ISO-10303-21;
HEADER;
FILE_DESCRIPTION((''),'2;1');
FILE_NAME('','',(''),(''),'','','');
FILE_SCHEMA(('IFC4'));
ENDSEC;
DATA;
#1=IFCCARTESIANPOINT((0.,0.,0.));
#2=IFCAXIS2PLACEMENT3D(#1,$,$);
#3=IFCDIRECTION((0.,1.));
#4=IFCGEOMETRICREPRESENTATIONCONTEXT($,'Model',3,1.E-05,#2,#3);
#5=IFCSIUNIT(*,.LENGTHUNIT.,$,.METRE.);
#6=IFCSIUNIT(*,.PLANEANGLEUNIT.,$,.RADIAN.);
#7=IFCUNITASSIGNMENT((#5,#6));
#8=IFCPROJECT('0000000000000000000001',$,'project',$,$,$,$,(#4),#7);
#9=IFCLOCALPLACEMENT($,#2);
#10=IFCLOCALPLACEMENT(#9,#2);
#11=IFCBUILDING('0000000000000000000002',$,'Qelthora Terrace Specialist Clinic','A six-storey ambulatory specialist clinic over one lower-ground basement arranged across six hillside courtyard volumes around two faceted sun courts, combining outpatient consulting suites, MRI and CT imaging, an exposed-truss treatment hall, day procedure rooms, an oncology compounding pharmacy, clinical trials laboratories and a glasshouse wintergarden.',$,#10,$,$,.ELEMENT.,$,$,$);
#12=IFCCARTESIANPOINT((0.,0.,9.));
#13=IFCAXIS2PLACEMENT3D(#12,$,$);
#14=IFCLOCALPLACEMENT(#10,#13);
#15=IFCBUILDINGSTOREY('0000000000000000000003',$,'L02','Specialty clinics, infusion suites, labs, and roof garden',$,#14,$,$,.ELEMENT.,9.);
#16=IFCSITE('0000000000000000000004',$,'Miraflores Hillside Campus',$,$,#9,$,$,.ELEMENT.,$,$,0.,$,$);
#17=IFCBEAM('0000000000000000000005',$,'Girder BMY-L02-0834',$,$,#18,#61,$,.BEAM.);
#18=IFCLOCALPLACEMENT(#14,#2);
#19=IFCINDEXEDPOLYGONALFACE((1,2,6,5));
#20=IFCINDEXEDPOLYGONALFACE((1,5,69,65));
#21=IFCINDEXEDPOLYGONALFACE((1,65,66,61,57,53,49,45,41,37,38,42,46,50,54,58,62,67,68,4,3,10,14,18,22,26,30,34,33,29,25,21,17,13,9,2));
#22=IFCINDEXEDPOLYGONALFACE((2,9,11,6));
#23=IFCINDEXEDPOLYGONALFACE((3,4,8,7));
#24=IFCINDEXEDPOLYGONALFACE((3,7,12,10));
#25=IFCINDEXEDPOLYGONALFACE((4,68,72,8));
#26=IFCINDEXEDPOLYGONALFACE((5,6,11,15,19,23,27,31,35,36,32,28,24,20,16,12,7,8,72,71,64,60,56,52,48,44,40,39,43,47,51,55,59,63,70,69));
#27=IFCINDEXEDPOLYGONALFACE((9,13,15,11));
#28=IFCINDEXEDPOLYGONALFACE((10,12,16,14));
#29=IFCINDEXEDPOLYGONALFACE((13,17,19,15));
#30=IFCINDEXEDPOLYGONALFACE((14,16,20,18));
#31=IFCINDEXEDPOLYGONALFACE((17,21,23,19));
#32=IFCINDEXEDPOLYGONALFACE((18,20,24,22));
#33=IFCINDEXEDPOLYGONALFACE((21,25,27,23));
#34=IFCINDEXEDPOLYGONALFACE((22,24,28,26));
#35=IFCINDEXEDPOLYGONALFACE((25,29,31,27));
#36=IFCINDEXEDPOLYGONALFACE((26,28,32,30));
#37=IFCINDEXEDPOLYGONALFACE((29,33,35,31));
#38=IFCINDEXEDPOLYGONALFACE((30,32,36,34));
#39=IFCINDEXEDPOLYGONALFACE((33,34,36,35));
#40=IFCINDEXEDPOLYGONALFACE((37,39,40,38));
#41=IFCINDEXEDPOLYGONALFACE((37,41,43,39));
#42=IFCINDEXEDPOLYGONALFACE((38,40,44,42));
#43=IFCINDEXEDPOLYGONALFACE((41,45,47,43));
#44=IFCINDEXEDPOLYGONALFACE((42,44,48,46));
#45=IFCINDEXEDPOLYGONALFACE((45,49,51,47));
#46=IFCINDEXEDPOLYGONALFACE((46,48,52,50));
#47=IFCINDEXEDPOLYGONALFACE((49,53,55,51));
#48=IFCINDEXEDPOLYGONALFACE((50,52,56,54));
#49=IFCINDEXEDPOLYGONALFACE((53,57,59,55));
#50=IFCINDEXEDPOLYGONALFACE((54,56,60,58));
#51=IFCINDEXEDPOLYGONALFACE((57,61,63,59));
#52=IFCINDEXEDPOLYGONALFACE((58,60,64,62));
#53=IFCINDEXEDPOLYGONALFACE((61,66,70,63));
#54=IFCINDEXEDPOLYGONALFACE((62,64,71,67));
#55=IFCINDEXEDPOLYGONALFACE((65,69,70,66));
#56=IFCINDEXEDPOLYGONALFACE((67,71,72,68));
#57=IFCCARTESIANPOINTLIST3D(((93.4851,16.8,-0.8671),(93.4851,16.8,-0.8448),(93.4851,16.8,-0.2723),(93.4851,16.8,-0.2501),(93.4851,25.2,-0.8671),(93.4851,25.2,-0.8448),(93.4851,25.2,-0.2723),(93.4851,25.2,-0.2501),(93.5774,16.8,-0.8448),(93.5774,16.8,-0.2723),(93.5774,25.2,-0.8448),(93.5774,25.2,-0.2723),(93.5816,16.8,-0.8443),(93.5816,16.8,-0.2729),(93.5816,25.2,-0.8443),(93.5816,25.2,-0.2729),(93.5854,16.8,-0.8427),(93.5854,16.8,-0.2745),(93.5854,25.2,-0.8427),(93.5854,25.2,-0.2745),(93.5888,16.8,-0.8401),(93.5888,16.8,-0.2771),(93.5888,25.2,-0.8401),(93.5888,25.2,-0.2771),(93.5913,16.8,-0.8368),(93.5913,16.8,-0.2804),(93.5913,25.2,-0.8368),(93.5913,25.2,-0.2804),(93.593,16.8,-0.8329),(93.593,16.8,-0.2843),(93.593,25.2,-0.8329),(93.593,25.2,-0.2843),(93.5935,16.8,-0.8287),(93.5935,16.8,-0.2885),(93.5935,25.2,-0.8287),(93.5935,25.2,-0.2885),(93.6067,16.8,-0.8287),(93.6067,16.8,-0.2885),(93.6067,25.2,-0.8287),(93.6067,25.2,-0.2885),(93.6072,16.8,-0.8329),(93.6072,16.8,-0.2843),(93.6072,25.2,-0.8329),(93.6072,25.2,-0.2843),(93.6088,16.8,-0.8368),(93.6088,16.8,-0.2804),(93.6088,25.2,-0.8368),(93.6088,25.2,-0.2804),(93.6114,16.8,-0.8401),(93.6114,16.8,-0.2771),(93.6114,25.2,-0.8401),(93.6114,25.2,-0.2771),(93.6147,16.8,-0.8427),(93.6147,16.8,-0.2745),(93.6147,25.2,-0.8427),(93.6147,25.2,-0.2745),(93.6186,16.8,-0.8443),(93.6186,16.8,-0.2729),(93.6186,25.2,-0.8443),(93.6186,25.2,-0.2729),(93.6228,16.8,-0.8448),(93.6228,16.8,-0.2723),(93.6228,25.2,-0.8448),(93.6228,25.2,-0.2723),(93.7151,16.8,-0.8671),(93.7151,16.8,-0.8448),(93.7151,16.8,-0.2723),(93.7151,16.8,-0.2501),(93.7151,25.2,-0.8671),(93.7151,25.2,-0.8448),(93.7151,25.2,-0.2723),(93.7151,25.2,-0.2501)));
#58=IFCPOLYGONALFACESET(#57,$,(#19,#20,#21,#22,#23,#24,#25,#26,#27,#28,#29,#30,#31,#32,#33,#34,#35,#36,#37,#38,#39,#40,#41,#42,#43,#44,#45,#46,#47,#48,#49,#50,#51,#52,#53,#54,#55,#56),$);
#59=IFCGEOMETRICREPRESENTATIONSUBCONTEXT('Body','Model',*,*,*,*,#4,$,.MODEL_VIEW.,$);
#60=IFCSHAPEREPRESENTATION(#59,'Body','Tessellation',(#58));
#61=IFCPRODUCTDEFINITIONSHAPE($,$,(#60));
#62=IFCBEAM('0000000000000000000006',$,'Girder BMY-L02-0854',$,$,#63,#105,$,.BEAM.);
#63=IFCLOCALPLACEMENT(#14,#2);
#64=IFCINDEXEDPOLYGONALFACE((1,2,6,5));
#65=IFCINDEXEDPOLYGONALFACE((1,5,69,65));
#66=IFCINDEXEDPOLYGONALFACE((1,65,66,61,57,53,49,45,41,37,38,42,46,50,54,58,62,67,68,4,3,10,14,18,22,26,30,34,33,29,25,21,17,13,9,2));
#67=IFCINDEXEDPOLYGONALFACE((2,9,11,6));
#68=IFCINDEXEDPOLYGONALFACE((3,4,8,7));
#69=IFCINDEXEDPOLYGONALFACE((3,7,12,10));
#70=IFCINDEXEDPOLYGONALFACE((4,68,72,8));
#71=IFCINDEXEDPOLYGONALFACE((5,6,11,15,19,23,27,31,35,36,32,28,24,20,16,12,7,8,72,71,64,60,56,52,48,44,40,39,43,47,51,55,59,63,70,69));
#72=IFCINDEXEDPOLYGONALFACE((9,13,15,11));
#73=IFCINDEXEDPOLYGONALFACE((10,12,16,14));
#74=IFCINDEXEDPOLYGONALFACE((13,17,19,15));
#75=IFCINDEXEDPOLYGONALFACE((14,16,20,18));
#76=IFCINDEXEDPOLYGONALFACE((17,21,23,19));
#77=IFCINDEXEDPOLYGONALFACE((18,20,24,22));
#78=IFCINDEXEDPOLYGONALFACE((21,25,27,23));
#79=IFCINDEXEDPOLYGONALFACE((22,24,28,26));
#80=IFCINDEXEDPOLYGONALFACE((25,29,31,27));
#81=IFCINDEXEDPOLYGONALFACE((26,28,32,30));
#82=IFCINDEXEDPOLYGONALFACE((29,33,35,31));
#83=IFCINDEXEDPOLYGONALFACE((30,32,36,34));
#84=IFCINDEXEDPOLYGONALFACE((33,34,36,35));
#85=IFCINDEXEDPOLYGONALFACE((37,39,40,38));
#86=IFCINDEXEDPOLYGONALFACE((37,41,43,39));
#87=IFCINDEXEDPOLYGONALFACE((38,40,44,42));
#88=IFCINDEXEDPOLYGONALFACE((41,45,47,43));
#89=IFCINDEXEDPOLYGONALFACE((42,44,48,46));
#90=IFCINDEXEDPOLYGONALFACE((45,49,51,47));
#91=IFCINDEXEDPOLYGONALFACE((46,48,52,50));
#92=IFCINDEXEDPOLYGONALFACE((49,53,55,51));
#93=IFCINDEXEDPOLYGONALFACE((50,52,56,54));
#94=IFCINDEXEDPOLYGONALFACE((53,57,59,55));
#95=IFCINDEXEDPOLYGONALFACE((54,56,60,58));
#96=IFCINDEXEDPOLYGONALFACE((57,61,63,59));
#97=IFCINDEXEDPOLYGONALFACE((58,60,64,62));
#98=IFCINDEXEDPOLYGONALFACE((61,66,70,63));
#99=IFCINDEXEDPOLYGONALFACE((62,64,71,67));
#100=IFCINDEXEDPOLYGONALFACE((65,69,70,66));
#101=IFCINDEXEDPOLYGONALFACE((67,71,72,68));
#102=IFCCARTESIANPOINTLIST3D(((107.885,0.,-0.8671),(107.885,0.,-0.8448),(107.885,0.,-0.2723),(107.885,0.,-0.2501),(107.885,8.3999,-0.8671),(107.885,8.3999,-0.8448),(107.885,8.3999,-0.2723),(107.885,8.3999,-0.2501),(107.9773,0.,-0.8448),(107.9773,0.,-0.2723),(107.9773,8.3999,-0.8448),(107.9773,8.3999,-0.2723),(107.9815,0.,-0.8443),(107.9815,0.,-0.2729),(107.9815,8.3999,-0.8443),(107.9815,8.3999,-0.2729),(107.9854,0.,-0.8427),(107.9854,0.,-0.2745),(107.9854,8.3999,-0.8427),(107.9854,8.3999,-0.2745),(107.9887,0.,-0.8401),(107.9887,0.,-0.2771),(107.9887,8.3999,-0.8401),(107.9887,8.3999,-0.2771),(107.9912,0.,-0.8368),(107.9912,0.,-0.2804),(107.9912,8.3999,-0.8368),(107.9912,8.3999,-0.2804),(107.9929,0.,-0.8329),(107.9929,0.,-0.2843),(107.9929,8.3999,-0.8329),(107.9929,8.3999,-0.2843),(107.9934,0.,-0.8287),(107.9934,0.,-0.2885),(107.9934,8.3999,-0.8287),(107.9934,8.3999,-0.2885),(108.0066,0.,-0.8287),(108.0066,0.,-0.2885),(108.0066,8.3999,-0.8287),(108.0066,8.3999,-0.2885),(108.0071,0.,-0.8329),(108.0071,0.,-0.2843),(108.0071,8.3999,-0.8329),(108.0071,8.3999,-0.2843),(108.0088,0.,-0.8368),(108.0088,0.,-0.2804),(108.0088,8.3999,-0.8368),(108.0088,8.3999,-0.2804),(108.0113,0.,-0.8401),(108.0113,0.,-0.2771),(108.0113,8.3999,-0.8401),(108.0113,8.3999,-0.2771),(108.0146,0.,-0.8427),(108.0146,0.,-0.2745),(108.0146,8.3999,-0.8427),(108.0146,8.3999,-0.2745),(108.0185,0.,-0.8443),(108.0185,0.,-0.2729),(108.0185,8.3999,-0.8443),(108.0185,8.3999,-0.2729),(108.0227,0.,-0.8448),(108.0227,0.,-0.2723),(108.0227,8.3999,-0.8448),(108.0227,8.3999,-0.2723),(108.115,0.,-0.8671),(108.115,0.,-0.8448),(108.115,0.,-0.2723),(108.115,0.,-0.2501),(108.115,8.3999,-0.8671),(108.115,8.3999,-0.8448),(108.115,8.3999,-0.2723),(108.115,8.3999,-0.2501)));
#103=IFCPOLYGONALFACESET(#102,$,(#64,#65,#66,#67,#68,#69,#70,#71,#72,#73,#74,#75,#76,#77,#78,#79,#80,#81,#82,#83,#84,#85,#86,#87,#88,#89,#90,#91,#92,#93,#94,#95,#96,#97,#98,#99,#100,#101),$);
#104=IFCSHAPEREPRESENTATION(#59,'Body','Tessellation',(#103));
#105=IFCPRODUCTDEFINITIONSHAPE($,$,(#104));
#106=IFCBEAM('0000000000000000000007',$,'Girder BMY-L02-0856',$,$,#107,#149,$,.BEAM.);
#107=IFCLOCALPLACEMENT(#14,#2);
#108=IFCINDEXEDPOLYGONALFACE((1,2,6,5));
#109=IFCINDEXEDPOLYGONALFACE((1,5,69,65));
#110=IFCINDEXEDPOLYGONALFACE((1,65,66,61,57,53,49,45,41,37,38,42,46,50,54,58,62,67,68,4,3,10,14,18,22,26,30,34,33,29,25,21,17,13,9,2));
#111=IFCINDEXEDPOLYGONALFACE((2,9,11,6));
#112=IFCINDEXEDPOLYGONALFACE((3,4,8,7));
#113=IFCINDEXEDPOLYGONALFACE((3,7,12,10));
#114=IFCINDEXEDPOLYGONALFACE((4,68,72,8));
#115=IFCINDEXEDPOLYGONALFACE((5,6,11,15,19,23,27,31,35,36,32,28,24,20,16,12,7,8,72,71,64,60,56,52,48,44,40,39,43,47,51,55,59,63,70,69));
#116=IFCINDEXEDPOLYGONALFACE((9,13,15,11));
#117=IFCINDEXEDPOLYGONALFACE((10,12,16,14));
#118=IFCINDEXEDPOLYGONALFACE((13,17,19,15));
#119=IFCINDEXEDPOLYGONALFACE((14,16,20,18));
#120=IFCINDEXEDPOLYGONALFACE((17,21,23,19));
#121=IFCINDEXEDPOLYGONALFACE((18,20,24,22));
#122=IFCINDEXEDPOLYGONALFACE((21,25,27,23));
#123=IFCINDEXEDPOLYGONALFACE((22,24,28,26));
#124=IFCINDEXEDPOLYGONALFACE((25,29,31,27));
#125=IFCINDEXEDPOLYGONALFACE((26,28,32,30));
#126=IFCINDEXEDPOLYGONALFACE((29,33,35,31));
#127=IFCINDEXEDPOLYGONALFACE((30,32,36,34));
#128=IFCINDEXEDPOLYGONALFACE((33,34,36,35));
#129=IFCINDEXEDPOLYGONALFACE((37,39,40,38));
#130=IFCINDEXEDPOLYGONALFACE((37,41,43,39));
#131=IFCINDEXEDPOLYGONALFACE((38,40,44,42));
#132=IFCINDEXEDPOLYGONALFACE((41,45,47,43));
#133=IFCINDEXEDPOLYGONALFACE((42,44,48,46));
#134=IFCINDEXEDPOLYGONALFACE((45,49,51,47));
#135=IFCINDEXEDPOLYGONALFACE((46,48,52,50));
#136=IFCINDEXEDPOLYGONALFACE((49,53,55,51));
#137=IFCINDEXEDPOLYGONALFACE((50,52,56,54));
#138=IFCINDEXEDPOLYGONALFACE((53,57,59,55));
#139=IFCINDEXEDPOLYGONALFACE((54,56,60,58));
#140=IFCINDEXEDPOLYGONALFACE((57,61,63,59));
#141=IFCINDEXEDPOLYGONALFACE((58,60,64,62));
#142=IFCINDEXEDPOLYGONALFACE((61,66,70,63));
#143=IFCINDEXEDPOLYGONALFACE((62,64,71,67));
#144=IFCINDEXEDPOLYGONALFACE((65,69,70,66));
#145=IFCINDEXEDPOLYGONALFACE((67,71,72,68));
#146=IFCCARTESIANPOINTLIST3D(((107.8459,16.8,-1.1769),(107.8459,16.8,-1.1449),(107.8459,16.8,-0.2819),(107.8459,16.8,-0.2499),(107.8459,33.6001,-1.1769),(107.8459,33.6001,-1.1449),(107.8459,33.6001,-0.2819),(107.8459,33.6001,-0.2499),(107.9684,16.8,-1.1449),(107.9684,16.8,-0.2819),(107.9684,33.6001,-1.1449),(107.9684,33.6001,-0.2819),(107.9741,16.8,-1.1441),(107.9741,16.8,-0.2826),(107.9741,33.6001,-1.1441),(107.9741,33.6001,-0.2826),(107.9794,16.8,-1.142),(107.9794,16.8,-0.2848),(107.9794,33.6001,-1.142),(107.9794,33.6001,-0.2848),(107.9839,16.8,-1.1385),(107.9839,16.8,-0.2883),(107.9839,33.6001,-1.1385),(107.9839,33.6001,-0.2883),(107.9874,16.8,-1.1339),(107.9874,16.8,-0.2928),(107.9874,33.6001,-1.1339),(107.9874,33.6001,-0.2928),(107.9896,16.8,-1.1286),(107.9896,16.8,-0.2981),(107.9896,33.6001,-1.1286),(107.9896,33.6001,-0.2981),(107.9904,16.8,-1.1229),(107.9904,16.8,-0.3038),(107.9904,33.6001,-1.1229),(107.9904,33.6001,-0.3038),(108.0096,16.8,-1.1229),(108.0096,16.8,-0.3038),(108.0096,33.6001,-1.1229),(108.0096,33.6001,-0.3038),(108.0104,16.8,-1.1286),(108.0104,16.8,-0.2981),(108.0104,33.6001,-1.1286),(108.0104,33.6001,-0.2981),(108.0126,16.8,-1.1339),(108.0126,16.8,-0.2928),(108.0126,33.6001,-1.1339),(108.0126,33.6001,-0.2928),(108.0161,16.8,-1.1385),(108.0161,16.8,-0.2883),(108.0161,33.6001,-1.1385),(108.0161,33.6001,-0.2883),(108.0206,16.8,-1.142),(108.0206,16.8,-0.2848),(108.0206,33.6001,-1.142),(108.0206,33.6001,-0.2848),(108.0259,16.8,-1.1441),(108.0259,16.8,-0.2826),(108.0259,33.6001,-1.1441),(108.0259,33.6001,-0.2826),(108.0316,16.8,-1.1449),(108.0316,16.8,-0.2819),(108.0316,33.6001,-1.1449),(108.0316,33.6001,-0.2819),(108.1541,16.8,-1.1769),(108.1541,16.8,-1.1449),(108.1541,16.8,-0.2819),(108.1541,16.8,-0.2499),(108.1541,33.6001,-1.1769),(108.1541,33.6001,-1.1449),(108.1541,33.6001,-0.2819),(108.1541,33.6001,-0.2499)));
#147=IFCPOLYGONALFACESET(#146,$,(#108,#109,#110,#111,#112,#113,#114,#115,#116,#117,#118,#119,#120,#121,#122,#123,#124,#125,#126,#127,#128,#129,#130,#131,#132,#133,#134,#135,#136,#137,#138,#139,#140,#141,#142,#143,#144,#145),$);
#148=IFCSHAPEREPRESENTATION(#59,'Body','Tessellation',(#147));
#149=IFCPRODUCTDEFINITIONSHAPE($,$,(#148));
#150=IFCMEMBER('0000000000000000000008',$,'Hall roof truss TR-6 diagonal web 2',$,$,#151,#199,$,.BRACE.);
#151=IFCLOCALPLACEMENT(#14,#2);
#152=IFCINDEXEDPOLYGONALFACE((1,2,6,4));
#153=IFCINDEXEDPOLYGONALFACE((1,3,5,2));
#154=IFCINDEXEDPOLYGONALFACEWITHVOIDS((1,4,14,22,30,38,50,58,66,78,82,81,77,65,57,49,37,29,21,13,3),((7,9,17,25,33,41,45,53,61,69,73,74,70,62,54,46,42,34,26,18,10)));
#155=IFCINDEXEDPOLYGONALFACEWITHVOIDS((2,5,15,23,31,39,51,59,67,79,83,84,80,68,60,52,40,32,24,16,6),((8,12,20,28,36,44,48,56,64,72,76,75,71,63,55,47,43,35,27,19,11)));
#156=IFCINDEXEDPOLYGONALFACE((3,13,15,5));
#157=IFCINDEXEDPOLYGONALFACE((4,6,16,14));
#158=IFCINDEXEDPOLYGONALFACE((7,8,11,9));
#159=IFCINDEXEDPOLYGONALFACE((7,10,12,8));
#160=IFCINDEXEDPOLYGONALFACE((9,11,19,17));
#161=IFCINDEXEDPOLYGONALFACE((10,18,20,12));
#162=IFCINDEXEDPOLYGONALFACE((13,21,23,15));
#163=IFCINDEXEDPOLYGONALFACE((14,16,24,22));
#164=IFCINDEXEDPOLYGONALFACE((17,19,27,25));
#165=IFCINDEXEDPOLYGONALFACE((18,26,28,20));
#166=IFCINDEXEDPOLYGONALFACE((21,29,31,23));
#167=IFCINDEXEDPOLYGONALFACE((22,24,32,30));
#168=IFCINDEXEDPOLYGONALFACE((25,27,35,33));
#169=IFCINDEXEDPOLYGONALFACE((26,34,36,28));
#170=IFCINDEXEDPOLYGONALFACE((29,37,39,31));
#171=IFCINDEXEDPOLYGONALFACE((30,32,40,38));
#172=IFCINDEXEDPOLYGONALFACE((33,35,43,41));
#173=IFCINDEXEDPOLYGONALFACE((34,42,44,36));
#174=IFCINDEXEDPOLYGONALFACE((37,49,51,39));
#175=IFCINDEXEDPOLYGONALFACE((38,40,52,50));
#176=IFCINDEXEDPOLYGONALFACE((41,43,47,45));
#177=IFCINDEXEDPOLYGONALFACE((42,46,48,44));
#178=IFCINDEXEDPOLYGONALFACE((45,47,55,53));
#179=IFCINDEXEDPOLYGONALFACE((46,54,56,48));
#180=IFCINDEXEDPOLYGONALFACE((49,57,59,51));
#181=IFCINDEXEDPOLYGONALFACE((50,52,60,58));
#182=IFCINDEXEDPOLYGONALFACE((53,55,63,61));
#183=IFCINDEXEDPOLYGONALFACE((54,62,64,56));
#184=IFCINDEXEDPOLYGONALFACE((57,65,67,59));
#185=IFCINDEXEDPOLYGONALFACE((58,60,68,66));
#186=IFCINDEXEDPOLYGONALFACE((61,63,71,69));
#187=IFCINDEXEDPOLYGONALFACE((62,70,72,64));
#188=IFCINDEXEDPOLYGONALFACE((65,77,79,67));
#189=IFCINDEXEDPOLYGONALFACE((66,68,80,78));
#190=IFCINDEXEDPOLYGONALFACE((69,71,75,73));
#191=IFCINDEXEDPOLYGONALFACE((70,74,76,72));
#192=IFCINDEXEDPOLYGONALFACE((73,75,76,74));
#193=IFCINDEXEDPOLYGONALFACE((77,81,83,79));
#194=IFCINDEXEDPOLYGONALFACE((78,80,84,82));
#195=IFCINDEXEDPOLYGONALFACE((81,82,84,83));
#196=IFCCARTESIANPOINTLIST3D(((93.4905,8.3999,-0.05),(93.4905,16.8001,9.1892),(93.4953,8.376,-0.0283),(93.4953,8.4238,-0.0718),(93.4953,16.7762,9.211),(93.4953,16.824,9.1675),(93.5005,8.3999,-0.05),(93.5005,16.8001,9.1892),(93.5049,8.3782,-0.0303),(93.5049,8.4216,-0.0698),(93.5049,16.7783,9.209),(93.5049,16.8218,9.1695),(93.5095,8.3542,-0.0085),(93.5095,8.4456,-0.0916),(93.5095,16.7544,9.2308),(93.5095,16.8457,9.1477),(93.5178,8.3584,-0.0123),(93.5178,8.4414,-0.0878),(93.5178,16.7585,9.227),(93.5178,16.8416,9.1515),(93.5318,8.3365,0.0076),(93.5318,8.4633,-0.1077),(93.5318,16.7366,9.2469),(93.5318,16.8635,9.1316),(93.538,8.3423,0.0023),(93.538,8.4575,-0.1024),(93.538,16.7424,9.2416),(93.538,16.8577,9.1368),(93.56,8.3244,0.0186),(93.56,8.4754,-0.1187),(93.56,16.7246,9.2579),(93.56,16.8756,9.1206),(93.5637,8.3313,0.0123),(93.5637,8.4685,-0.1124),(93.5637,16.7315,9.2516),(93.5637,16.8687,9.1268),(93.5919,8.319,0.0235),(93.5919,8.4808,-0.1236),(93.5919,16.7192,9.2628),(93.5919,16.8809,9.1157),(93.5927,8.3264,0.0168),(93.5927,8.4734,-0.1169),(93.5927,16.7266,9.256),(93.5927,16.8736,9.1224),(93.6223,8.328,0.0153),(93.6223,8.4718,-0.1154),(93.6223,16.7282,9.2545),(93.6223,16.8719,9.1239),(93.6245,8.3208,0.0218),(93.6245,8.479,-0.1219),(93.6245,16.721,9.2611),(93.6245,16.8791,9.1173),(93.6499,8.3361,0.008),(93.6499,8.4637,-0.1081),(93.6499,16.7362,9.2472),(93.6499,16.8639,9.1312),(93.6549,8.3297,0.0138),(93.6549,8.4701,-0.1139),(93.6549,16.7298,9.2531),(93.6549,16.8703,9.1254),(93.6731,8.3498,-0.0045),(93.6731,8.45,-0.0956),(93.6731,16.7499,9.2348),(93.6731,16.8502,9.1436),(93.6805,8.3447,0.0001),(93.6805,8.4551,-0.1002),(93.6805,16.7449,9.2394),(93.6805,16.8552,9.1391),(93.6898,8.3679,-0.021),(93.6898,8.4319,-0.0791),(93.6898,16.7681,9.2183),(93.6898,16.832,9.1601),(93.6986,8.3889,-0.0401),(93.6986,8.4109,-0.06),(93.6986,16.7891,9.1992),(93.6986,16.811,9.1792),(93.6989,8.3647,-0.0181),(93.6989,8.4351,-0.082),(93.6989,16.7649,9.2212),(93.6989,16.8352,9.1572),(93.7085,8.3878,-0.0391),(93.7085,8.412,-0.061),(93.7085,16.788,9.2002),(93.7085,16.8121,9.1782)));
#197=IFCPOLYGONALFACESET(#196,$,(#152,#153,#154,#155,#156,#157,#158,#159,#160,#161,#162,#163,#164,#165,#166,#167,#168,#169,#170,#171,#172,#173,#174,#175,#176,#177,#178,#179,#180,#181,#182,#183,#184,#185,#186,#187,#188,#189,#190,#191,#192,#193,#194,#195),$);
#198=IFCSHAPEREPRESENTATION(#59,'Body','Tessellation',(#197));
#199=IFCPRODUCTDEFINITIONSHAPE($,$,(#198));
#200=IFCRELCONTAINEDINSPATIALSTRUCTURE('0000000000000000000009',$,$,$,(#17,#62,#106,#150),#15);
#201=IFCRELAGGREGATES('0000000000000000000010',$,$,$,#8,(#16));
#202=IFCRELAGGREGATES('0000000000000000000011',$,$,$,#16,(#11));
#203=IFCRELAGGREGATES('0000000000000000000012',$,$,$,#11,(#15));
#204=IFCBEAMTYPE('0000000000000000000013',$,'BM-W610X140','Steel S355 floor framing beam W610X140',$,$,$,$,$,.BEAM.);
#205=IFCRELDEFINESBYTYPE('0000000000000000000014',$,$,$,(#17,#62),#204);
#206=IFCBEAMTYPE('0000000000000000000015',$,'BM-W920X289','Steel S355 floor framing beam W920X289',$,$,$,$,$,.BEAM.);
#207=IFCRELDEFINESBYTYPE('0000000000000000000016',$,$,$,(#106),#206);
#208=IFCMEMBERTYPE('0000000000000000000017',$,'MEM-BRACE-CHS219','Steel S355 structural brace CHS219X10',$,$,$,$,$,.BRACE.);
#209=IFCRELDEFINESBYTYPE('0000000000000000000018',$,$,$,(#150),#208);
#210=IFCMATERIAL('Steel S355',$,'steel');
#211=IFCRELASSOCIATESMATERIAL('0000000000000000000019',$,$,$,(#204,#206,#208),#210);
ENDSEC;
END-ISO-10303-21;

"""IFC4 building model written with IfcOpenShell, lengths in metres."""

from ifc_helpers import new_model, si_unit, direction, frame, origin, origin_2d, place, context, subcontext, project, spatial, hollow_circle, i_section, extrude, material, material_profile, profile_set, type_object, element, save


model = new_model("IFC4")

# Units and contexts
model_context = context("Model", 3, precision=1e-05, world=origin(), true_north=direction((0.0, 1.0)))
body_context = subcontext(model_context, "Body", "Model", "MODEL_VIEW")
ifc_project = project(units=[si_unit("LENGTHUNIT", "METRE"), si_unit("PLANEANGLEUNIT", "RADIAN")], contexts=[model_context])

# Site, building, storey
site_placement = place(None, origin())
site = spatial("IfcSite", under=ifc_project, at=site_placement, Name="Miraflores Hillside Campus", CompositionType="ELEMENT", RefElevation=0.0)
building_placement = place(site_placement, origin())
building = spatial("IfcBuilding", under=site, at=building_placement, Name="Qelthora Terrace Specialist Clinic", Description="A six-storey ambulatory specialist clinic over one lower-ground basement arranged across six hillside courtyard volumes around two faceted sun courts, combining outpatient consulting suites, MRI and CT imaging, an exposed-truss treatment hall, day procedure rooms, an oncology compounding pharmacy, clinical trials laboratories and a glasshouse wintergarden.", CompositionType="ELEMENT")
storey_placement = place(building_placement, frame((0.0, 0.0, 9.0)))
storey = spatial("IfcBuildingStorey", under=building, at=storey_placement, Name="L02", Description="Specialty clinics, infusion suites, labs, and roof garden", CompositionType="ELEMENT", Elevation=9.0)

# Beams
ifc_material_1 = material(Name="Steel S355", Category="steel")
ifc_material_profile_1 = material_profile(ifc_material_1, i_section(OverallWidth=0.23, OverallDepth=0.6169, WebThickness=0.0132, FlangeThickness=0.0222, FilletRadius=0.0161, at=origin_2d()), Name="W610X140")
ifc_profile_set_1 = profile_set([ifc_material_profile_1], Name="Steel S355")
beam_type_1 = type_object("IfcBeamType", Name="BM-W610X140", Description="Steel S355 floor framing beam W610X140", PredefinedType="BEAM", material=ifc_profile_set_1)
for number, where, z_axis, x_axis, name in (
    (1, (93.6001, 16.8, -0.5586), (0.0, 1.0, 0.0), (-1.0, 0.0, 0.0), "Girder BMY-L02-0834"),
    (2, (108.0, 0.0, -0.5586), (0.0, 1.0, 0.0), (-1.0, 0.0, 0.0), "Girder BMY-L02-0854"),
):
    element("IfcBeam", number, at=place(storey_placement, frame(where, z_axis=z_axis, x_axis=x_axis)), inside=storey, type_object=beam_type_1, Name=name, PredefinedType="BEAM", context=body_context, shape_type="SweptSolid", body=[
        extrude(i_section(OverallWidth=0.23, OverallDepth=0.6169, WebThickness=0.0132, FlangeThickness=0.0222, FilletRadius=0.0161, at=origin_2d()), origin(), (0.0, 0.0, 1.0), 8.3999),
    ])
ifc_material_profile_2 = material_profile(ifc_material_1, i_section(OverallWidth=0.3081, OverallDepth=0.927, WebThickness=0.0193, FlangeThickness=0.032, FilletRadius=0.022, at=origin_2d()), Name="W920X289")
ifc_profile_set_2 = profile_set([ifc_material_profile_2], Name="Steel S355")
beam_type_2 = type_object("IfcBeamType", Name="BM-W920X289", Description="Steel S355 floor framing beam W920X289", PredefinedType="BEAM", material=ifc_profile_set_2)
beam_1_placement = place(storey_placement, frame((108.0, 16.8, -0.7134), z_axis=(0.0, 1.0, 0.0), x_axis=(-1.0, 0.0, 0.0)))
element("IfcBeam", 3, at=beam_1_placement, inside=storey, type_object=beam_type_2, Name="Girder BMY-L02-0856", PredefinedType="BEAM", context=body_context, shape_type="SweptSolid", body=[
    extrude(i_section(OverallWidth=0.3081, OverallDepth=0.927, WebThickness=0.0193, FlangeThickness=0.032, FilletRadius=0.022, at=origin_2d()), origin(), (0.0, 0.0, 1.0), 16.8),
])

# Member
ifc_material_profile_3 = material_profile(ifc_material_1, hollow_circle(Radius=0.1096, WallThickness=0.01, at=origin_2d()), Name="CHS219X10")
ifc_profile_set_3 = profile_set([ifc_material_profile_3], Name="Steel S355")
member_type_1 = type_object("IfcMemberType", Name="MEM-BRACE-CHS219", Description="Steel S355 structural brace CHS219X10", PredefinedType="BRACE", material=ifc_profile_set_3)
member_1_placement = place(storey_placement, frame((93.6001, 8.3999, -0.05), z_axis=(0.0, 0.672709, 0.739907), x_axis=(-1.0, 0.0, 0.0)))
element("IfcMember", 4, at=member_1_placement, inside=storey, type_object=member_type_1, Name="Hall roof truss TR-6 diagonal web 2", PredefinedType="BRACE", context=body_context, shape_type="SweptSolid", body=[
    extrude(hollow_circle(Radius=0.1096, WallThickness=0.01, at=origin_2d()), origin(), (0.0, 0.0, 1.0), 12.4871),
])

save(model, "model.ifc")
